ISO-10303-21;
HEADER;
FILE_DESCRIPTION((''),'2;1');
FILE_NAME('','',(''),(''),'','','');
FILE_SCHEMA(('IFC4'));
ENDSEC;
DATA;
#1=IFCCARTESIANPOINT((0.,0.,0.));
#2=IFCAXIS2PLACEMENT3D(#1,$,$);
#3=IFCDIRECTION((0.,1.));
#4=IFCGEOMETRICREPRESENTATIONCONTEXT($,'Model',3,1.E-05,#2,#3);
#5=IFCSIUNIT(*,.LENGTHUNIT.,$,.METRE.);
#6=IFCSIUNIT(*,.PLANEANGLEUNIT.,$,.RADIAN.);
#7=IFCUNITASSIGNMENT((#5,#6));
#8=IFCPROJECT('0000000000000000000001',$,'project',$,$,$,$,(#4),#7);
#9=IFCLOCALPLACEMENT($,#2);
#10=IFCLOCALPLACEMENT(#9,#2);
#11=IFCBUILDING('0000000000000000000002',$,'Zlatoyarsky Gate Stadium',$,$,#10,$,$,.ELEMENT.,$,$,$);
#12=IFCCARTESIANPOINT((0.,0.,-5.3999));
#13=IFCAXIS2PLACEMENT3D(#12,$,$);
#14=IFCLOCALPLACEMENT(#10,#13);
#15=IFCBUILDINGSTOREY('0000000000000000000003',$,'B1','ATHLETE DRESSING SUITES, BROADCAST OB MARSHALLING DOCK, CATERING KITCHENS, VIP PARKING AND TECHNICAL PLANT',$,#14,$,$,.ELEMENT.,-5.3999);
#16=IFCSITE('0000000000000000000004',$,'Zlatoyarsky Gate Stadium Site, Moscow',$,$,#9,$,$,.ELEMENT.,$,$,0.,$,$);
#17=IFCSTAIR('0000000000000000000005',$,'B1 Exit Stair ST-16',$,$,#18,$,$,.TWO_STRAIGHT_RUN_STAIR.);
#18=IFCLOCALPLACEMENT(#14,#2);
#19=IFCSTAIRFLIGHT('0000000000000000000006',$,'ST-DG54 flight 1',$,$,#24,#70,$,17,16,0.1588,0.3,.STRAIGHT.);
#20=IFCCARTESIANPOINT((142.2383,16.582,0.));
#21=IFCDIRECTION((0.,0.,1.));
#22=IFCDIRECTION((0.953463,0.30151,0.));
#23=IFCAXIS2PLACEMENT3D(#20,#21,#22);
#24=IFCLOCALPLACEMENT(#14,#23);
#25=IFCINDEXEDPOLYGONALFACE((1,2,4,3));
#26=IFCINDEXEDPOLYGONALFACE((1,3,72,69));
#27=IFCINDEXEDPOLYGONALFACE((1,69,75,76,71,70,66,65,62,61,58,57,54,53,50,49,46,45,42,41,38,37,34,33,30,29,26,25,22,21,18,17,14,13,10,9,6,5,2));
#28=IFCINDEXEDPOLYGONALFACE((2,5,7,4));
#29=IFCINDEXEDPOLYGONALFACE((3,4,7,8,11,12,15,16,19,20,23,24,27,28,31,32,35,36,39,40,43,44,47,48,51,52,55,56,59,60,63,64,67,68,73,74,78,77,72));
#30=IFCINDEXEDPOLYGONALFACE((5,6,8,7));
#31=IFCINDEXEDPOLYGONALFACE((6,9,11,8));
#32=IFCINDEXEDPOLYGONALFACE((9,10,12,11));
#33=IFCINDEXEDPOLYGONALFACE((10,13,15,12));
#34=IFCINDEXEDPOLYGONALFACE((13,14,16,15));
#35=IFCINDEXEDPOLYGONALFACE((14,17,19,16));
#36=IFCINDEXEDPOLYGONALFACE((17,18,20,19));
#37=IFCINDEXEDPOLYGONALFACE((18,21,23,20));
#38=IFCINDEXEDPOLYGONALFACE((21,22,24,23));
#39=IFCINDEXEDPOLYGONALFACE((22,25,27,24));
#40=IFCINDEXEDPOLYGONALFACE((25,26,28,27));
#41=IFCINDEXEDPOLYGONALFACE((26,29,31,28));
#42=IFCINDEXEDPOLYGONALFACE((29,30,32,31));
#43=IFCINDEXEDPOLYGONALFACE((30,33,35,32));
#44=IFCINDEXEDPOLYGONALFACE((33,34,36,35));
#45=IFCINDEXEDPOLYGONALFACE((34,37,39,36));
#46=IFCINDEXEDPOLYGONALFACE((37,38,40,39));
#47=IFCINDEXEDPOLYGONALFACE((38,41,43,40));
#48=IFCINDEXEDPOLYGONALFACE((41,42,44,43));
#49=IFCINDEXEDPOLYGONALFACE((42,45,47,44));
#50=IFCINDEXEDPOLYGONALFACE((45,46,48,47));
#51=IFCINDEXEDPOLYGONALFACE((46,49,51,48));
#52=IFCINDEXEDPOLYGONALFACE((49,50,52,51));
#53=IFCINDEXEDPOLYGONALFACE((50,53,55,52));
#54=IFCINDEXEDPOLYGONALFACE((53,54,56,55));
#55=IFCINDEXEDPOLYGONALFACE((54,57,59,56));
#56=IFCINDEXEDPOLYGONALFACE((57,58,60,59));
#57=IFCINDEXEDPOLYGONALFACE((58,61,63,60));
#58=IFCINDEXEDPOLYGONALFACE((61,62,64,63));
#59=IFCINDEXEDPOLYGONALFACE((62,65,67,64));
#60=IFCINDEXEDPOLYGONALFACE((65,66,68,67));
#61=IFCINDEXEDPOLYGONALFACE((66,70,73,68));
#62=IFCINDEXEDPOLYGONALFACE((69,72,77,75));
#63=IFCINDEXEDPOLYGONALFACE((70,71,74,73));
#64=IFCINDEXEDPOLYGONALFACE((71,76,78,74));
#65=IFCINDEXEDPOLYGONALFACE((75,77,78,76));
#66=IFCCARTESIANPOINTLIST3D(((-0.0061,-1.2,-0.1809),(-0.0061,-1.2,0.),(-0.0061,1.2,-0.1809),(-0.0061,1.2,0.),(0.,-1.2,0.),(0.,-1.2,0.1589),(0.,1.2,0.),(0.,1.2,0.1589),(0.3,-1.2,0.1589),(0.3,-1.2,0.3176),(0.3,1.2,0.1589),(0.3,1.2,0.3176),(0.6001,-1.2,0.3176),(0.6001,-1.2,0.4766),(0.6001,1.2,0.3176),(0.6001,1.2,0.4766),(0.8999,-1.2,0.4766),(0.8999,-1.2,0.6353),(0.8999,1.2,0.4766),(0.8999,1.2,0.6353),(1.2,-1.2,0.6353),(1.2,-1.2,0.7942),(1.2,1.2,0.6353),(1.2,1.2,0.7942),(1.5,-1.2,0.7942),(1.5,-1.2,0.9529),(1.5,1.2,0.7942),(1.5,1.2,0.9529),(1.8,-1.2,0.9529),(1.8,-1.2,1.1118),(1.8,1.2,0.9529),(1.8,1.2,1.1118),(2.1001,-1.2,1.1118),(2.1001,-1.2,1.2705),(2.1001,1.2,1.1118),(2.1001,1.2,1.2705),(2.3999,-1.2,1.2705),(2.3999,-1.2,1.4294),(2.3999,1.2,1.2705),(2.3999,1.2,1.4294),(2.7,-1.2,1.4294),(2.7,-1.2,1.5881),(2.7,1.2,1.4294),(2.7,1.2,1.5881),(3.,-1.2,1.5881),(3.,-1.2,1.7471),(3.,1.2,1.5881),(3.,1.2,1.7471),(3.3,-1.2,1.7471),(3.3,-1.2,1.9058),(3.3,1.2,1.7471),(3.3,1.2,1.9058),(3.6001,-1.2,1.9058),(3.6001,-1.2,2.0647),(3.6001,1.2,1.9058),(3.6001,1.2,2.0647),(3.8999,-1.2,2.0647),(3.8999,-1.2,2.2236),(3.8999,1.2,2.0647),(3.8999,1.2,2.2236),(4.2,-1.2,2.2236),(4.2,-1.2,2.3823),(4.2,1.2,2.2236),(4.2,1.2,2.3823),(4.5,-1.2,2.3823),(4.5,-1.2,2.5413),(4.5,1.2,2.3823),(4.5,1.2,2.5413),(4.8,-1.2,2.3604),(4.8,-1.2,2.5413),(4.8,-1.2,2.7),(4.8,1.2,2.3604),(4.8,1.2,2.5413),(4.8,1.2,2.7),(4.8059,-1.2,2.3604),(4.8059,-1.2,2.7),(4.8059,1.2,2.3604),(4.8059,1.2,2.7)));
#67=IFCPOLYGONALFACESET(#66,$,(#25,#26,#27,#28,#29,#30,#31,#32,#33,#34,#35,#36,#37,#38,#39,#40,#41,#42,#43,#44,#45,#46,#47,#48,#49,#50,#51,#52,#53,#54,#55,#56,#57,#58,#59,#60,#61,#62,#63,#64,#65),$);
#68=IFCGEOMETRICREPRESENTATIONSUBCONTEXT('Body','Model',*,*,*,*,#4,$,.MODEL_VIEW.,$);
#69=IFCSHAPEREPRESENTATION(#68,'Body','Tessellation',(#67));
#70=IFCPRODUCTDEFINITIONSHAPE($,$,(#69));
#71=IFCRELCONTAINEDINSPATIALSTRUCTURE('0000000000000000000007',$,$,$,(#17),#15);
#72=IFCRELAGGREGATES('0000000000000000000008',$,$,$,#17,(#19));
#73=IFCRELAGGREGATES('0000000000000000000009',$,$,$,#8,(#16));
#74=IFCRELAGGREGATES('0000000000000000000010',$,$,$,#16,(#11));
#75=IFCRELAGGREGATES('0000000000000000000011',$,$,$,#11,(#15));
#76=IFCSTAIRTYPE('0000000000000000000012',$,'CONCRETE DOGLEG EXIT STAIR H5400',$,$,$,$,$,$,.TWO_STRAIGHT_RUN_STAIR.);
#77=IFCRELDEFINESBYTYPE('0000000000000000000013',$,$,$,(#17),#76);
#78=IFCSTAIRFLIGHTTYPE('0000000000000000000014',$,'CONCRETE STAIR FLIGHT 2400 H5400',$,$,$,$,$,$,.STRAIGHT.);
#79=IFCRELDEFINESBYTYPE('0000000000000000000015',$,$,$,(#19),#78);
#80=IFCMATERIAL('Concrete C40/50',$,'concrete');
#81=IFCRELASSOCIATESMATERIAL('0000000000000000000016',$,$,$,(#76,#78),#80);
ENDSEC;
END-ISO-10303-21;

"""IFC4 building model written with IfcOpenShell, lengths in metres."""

from ifc_helpers import new_model, si_unit, direction, frame, origin, place, context, subcontext, project, spatial, polyline, outline, extrude, material, type_object, element, aggregate, save


model = new_model("IFC4")

# Units and contexts
model_context = context("Model", 3, precision=1e-05, world=origin(), true_north=direction((0.0, 1.0)))
body_context = subcontext(model_context, "Body", "Model", "MODEL_VIEW")
ifc_project = project(units=[si_unit("LENGTHUNIT", "METRE"), si_unit("PLANEANGLEUNIT", "RADIAN")], contexts=[model_context])

# Site, building, storey
site_placement = place(None, origin())
site = spatial("IfcSite", under=ifc_project, at=site_placement, Name="Zlatoyarsky Gate Stadium Site, Moscow", CompositionType="ELEMENT", RefElevation=0.0)
building_placement = place(site_placement, origin())
building = spatial("IfcBuilding", under=site, at=building_placement, Name="Zlatoyarsky Gate Stadium", CompositionType="ELEMENT")
storey_placement = place(building_placement, frame((0.0, 0.0, -5.3999)))
storey = spatial("IfcBuildingStorey", under=building, at=storey_placement, Name="B1", Description="ATHLETE DRESSING SUITES, BROADCAST OB MARSHALLING DOCK, CATERING KITCHENS, VIP PARKING AND TECHNICAL PLANT", CompositionType="ELEMENT", Elevation=-5.3999)

# Shared definitions
ifc_material_1 = material(Name="Concrete C40/50", Category="concrete")

# Stair, stair flight
stair_type = type_object("IfcStairType", Name="CONCRETE DOGLEG EXIT STAIR H5400", PredefinedType="TWO_STRAIGHT_RUN_STAIR", material=ifc_material_1)
stair_flight_type = type_object("IfcStairFlightType", Name="CONCRETE STAIR FLIGHT 2400 H5400", PredefinedType="STRAIGHT", material=ifc_material_1)
stair_1_placement = place(storey_placement, origin())
stair_1 = element("IfcStair", 1, at=stair_1_placement, inside=storey, type_object=stair_type, Name="B1 Exit Stair ST-16", PredefinedType="TWO_STRAIGHT_RUN_STAIR")
stair_flight_1_placement = place(storey_placement, frame((142.2383, 16.582, 0.0), z_axis=(0.0, 0.0, 1.0), x_axis=(0.953463, 0.30151, 0.0)))
stair_flight_1 = element("IfcStairFlight", 2, at=stair_flight_1_placement, type_object=stair_flight_type, Name="ST-DG54 flight 1", NumberOfRisers=17, NumberOfTreads=16, PredefinedType="STRAIGHT", RiserHeight=0.1588, TreadLength=0.3, context=body_context, shape_type="SweptSolid", body=[
    extrude(outline(polyline([(-0.0061, -0.1809), (-0.0061, 0.0), (0.0, 0.0), (0.0, 0.1589), (0.3, 0.1589), (0.3, 0.3176), (0.6001, 0.3176), (0.6001, 0.4766), (0.8999, 0.4766), (0.8999, 0.6353), (1.2, 0.6353), (1.2, 0.7942), (1.5, 0.7942), (1.5, 0.9529), (1.8, 0.9529), (1.8, 1.1118), (2.1001, 1.1118), (2.1001, 1.2705), (2.3999, 1.2705), (2.3999, 1.4294), (2.7, 1.4294), (2.7, 1.5881), (3.0, 1.5881), (3.0, 1.7471), (3.3, 1.7471), (3.3, 1.9058), (3.6001, 1.9058), (3.6001, 2.0647), (3.8999, 2.0647), (3.8999, 2.2236), (4.2, 2.2236), (4.2, 2.3823), (4.5, 2.3823), (4.5, 2.5413), (4.8, 2.5413), (4.8, 2.7), (4.8059, 2.7), (4.8059, 2.3604), (4.8, 2.3604), (-0.0061, -0.1809)])), frame((0.0, 1.2, 0.0), z_axis=(0.0, -1.0, 0.0), x_axis=(1.0, 0.0, 0.0)), (0.0, 0.0, 1.0), 2.3999),
])
aggregate(stair_1, [stair_flight_1])

save(model, "model.ifc")
